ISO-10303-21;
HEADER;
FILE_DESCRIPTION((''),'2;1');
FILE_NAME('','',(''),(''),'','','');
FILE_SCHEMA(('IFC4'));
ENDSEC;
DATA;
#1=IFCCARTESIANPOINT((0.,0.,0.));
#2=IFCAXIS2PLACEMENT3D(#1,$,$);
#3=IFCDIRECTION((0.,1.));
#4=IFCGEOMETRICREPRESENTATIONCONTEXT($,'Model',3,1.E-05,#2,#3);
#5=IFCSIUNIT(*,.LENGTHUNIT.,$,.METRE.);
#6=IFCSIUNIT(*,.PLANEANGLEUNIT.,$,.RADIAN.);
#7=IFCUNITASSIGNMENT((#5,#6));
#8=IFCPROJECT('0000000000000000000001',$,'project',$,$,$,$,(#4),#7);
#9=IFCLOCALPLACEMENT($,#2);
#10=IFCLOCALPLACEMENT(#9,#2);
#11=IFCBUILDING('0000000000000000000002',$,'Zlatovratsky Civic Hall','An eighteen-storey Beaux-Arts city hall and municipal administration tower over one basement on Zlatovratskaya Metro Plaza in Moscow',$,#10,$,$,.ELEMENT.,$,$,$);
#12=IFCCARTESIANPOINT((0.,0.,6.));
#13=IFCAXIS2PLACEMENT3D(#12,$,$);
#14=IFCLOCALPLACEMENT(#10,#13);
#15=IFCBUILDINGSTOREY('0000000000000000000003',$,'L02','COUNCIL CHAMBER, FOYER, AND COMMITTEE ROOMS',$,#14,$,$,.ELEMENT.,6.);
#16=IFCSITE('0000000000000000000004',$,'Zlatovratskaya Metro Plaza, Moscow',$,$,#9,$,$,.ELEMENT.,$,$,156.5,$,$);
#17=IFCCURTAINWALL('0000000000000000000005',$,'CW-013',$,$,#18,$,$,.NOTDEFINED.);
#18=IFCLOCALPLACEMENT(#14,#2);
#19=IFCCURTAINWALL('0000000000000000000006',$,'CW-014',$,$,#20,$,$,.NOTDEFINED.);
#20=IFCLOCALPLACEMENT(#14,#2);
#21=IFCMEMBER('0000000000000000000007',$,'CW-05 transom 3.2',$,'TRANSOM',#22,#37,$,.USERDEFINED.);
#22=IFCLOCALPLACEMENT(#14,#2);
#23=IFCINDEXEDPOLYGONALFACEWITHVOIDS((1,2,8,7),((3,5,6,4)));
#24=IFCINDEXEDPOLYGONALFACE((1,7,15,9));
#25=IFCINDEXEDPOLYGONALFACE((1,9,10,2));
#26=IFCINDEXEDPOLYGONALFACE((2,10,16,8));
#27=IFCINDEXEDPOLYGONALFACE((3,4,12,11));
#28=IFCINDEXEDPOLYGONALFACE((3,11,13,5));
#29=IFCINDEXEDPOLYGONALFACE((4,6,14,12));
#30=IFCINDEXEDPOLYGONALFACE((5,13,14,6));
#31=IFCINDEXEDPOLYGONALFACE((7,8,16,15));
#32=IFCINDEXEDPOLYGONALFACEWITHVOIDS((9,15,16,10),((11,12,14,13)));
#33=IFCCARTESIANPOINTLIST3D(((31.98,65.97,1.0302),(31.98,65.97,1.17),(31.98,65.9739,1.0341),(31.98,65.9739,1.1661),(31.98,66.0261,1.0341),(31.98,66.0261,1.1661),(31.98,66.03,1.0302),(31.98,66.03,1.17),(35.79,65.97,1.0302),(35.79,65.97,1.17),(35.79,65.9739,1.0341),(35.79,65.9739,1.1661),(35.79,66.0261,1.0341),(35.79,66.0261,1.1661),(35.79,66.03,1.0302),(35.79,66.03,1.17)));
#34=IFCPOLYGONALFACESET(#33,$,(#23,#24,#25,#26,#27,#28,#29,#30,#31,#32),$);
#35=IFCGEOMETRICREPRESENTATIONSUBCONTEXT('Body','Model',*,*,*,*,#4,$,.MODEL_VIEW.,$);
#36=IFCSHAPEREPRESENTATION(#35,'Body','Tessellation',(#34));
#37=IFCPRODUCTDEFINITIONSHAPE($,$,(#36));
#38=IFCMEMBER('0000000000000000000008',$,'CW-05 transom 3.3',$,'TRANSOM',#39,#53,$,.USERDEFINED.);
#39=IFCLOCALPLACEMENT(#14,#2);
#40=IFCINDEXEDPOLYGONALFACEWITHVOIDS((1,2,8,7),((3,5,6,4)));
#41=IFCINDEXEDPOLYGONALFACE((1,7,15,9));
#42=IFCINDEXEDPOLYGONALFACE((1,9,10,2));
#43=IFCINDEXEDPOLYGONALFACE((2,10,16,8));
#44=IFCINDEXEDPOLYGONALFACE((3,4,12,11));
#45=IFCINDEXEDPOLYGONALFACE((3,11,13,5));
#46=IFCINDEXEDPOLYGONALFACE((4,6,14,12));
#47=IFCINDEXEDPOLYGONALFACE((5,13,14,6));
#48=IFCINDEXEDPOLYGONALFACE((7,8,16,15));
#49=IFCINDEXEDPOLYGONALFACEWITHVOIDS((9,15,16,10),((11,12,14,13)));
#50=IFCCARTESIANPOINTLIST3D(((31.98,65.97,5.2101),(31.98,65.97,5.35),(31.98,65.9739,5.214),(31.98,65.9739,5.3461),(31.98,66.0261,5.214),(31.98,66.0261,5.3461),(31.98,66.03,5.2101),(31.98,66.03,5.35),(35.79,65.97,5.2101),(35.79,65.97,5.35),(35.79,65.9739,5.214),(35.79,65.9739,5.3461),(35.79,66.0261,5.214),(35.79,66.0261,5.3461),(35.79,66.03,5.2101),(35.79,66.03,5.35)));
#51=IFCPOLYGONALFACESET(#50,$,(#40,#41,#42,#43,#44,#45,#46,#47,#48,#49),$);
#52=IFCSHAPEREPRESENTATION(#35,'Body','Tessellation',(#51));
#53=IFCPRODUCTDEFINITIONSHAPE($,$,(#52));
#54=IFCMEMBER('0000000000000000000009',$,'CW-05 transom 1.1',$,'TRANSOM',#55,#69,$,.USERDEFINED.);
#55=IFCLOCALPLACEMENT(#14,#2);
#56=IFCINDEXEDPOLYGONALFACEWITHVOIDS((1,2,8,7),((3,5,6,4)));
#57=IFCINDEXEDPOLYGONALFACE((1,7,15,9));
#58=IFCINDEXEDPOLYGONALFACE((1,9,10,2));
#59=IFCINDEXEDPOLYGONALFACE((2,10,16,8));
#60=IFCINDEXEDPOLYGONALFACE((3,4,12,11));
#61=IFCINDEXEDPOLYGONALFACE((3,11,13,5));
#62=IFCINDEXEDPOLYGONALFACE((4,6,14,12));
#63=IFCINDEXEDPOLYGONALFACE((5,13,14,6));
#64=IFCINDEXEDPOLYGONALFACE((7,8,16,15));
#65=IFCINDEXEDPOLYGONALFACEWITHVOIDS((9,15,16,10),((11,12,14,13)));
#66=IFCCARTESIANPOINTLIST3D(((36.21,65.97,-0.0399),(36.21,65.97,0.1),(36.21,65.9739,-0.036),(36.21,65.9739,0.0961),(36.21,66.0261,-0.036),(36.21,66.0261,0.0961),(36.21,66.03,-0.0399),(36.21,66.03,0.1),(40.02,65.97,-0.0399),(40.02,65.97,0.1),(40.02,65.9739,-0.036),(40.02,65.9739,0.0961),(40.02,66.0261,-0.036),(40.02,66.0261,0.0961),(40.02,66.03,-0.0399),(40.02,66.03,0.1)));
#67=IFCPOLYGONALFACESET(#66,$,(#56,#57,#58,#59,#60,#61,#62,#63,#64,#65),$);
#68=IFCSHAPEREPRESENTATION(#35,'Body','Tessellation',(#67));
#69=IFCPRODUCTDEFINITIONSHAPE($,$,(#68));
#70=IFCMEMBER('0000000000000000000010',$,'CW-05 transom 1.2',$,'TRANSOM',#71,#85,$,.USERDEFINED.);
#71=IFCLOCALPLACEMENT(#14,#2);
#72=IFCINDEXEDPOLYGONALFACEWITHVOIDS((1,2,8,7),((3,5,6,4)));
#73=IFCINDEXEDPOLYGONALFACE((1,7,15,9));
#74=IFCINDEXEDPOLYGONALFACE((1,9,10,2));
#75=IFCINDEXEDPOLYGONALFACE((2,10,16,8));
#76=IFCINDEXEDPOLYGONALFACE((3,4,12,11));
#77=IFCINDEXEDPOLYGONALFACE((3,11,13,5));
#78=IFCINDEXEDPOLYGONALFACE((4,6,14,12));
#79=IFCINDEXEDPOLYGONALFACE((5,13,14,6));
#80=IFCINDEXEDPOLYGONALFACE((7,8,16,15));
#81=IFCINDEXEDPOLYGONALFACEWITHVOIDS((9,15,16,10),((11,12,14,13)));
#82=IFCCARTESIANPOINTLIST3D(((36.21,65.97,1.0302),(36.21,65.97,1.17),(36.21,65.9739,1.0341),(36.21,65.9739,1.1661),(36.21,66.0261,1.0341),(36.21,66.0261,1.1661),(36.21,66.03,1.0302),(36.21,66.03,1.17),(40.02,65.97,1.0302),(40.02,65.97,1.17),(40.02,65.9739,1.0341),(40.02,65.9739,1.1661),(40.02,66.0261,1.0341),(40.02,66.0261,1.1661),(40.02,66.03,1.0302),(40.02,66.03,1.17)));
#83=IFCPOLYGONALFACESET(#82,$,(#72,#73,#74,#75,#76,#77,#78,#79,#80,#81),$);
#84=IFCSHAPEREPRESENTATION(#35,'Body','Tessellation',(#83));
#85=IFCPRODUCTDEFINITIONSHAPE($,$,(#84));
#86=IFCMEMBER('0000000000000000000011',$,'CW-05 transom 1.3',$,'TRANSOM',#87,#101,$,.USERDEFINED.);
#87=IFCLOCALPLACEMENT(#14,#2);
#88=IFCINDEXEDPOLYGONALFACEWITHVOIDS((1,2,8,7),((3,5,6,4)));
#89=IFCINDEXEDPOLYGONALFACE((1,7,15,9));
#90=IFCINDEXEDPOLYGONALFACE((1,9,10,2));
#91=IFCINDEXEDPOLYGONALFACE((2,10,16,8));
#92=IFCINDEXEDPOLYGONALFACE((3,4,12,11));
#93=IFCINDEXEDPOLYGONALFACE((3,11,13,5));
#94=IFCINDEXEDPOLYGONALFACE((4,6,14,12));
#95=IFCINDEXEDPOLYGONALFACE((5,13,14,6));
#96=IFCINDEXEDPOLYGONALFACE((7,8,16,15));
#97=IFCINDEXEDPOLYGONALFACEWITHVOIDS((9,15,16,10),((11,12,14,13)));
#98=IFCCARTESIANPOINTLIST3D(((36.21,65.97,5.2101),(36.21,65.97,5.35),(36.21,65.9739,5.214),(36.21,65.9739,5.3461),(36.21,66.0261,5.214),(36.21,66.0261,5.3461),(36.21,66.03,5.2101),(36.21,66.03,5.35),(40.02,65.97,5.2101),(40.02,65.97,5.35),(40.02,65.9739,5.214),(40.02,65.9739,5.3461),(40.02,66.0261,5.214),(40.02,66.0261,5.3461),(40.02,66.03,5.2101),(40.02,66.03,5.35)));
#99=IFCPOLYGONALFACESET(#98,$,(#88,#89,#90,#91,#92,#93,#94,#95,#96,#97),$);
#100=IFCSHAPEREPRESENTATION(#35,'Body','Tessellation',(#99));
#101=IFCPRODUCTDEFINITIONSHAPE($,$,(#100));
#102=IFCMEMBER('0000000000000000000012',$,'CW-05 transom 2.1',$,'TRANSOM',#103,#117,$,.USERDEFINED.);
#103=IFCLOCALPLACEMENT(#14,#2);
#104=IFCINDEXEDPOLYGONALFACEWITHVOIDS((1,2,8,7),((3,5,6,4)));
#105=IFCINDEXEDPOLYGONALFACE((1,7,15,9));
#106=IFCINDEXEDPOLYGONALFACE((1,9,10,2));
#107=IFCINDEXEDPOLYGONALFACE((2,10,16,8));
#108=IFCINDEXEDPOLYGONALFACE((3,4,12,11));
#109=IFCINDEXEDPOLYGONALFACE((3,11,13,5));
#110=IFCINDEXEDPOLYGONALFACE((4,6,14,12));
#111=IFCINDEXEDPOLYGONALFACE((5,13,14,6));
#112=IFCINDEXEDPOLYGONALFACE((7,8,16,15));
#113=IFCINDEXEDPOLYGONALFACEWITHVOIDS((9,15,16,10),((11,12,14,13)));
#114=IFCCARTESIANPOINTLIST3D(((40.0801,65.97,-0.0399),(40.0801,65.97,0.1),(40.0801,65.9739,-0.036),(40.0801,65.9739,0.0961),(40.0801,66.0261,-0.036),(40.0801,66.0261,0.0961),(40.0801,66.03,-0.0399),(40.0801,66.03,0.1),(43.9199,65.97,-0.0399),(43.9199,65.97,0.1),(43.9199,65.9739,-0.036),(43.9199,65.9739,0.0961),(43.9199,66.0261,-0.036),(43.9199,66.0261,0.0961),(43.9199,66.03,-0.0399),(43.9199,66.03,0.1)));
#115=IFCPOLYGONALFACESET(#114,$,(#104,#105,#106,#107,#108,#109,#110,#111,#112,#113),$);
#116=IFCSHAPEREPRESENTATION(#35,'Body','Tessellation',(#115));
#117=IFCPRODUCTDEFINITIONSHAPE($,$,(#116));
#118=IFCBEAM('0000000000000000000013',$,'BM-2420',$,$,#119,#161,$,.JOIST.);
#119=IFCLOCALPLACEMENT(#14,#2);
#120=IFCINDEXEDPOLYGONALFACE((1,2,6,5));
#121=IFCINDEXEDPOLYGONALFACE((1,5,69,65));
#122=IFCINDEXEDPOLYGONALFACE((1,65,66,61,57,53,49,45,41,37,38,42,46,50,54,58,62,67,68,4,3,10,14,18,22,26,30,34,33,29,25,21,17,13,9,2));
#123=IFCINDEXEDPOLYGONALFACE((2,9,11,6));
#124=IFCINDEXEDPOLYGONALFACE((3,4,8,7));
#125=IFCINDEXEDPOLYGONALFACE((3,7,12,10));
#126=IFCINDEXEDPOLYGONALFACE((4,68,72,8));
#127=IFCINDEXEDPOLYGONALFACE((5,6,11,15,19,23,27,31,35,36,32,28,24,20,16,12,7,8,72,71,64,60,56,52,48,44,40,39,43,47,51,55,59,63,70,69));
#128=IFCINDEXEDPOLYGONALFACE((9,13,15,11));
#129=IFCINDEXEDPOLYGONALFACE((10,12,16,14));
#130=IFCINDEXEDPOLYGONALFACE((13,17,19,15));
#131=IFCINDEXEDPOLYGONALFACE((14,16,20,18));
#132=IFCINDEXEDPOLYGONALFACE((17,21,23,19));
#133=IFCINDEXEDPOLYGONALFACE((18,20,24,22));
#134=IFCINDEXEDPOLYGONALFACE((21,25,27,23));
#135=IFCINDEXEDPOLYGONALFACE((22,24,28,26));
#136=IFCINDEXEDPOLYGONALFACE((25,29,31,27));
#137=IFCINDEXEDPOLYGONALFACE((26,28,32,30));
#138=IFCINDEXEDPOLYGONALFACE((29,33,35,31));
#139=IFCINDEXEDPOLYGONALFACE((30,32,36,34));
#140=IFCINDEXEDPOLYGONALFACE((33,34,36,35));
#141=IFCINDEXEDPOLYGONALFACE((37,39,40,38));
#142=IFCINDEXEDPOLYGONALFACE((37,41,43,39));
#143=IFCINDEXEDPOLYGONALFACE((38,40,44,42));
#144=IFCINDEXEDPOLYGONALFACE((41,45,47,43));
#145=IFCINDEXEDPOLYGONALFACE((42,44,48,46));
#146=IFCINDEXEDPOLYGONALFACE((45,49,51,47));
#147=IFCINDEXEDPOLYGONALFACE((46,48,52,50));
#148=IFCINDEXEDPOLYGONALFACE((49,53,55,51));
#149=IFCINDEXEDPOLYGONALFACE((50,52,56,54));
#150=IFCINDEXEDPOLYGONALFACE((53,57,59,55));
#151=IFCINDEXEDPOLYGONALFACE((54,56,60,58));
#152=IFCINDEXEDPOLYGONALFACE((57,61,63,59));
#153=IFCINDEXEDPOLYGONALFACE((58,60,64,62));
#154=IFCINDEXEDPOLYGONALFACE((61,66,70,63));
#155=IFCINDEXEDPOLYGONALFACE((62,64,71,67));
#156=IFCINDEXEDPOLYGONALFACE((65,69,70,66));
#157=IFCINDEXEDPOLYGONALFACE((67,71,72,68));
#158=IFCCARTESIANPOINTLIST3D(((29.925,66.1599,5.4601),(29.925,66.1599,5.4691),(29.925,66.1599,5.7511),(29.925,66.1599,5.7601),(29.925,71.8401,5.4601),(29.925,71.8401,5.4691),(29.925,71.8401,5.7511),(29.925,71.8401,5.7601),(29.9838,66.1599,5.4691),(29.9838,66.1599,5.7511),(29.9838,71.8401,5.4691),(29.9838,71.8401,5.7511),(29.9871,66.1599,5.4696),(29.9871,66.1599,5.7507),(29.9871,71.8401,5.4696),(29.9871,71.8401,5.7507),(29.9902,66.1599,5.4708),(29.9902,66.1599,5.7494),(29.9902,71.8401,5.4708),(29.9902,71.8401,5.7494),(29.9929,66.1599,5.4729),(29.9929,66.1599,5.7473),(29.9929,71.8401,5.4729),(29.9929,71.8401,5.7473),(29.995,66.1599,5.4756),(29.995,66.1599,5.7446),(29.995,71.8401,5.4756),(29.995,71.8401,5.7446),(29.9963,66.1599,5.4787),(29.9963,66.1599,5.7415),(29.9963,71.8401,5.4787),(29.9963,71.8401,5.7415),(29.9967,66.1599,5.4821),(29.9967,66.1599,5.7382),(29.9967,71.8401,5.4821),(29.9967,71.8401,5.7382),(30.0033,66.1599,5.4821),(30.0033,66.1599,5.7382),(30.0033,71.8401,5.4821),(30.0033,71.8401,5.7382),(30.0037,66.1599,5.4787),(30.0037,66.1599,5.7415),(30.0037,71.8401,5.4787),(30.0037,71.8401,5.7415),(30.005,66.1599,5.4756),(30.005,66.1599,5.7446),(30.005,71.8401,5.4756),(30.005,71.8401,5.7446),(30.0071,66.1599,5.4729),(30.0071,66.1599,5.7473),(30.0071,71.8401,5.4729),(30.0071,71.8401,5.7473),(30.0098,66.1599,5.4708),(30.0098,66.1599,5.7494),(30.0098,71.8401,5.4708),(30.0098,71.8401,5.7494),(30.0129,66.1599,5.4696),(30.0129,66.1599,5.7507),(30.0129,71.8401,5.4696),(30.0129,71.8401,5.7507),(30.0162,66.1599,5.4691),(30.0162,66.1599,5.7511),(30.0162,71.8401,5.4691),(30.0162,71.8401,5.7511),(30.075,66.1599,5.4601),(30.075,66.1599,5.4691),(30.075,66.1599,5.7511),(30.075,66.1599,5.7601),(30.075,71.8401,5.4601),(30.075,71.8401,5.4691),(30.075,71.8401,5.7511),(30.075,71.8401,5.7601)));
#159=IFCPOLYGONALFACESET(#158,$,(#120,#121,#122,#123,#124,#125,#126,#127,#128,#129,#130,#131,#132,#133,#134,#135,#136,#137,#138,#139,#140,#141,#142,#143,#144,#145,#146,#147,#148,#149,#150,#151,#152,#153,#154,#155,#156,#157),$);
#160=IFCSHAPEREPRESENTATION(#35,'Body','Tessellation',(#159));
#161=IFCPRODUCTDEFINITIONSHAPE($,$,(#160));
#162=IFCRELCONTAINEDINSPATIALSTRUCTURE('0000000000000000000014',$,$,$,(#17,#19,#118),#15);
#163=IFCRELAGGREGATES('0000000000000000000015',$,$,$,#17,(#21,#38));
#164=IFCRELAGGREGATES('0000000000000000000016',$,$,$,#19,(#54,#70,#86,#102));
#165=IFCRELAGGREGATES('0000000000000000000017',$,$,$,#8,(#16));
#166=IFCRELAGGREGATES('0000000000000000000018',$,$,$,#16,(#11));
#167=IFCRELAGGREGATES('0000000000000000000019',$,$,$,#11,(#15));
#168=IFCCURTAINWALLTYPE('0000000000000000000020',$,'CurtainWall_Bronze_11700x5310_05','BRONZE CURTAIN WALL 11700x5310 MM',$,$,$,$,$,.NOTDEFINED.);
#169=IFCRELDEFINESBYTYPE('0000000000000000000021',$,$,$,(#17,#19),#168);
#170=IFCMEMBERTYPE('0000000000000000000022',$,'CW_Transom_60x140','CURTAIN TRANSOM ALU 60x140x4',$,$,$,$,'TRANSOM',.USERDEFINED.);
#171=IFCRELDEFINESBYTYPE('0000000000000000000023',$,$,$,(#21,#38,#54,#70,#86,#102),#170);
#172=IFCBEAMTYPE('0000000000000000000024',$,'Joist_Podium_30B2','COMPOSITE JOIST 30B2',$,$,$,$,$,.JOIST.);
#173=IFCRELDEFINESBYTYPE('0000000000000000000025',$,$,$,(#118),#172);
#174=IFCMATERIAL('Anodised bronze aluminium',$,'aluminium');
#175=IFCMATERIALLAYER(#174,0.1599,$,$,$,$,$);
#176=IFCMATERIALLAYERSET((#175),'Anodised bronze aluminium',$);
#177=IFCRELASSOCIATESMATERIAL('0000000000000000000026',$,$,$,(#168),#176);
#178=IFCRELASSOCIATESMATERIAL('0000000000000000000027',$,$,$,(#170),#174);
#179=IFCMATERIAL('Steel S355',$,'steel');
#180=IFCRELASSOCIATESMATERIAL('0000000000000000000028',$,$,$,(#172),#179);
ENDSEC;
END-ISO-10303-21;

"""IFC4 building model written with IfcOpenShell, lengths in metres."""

from ifc_helpers import new_model, si_unit, direction, frame, origin, origin_2d, place, context, subcontext, project, spatial, hollow_rectangle, i_section, extrude, material, layer, layer_set, material_profile, profile_set, type_object, element, aggregate, save


model = new_model("IFC4")

# Units and contexts
model_context = context("Model", 3, precision=1e-05, world=origin(), true_north=direction((0.0, 1.0)))
body_context = subcontext(model_context, "Body", "Model", "MODEL_VIEW")
ifc_project = project(units=[si_unit("LENGTHUNIT", "METRE"), si_unit("PLANEANGLEUNIT", "RADIAN")], contexts=[model_context])

# Site, building, storey
site_placement = place(None, origin())
site = spatial("IfcSite", under=ifc_project, at=site_placement, Name="Zlatovratskaya Metro Plaza, Moscow", CompositionType="ELEMENT", RefElevation=156.5)
building_placement = place(site_placement, origin())
building = spatial("IfcBuilding", under=site, at=building_placement, Name="Zlatovratsky Civic Hall", Description="An eighteen-storey Beaux-Arts city hall and municipal administration tower over one basement on Zlatovratskaya Metro Plaza in Moscow", CompositionType="ELEMENT")
storey_placement = place(building_placement, frame((0.0, 0.0, 6.0)))
storey = spatial("IfcBuildingStorey", under=building, at=storey_placement, Name="L02", Description="COUNCIL CHAMBER, FOYER, AND COMMITTEE ROOMS", CompositionType="ELEMENT", Elevation=6.0)

# Shared definitions
ifc_material_1 = material(Name="Steel S355", Category="steel")

# Curtain walls
ifc_material_2 = material(Name="Anodised bronze aluminium", Category="aluminium")
ifc_layer_1 = layer(ifc_material_2, 0.1599)
ifc_layer_set_1 = layer_set([ifc_layer_1], Name="Anodised bronze aluminium")
curtain_wall_type = type_object("IfcCurtainWallType", Name="CurtainWall_Bronze_11700x5310_05", Description="BRONZE CURTAIN WALL 11700x5310 MM", PredefinedType="NOTDEFINED", material=ifc_layer_set_1)
curtain_wall_1_placement = place(storey_placement, origin())
curtain_wall_1 = element("IfcCurtainWall", 1, at=curtain_wall_1_placement, inside=storey, type_object=curtain_wall_type, Name="CW-013", PredefinedType="NOTDEFINED")
curtain_wall_2_placement = place(storey_placement, origin())
curtain_wall_2 = element("IfcCurtainWall", 2, at=curtain_wall_2_placement, inside=storey, type_object=curtain_wall_type, Name="CW-014", PredefinedType="NOTDEFINED")

# Members
ifc_material_profile_1 = material_profile(ifc_material_2, hollow_rectangle(XDim=0.0601, YDim=0.1399, WallThickness=0.0039, at=origin_2d()), Name="ALU 60x140x4")
ifc_profile_set_1 = profile_set([ifc_material_profile_1], Name="Anodised bronze aluminium")
member_type_1 = type_object("IfcMemberType", Name="CW_Transom_60x140", Description="CURTAIN TRANSOM ALU 60x140x4", ElementType="TRANSOM", PredefinedType="USERDEFINED", material=ifc_profile_set_1)
member_1_placement = place(storey_placement, frame((31.98, 66.0, 1.1001), z_axis=(1.0, 0.0, 0.0), x_axis=(0.0, 1.0, 0.0)))
member_1 = element("IfcMember", 3, at=member_1_placement, type_object=member_type_1, Name="CW-05 transom 3.2", ObjectType="TRANSOM", PredefinedType="USERDEFINED", context=body_context, shape_type="SweptSolid", body=[
    extrude(hollow_rectangle(XDim=0.0601, YDim=0.1399, WallThickness=0.0039, at=origin_2d()), origin(), (0.0, 0.0, 1.0), 3.8101),
])
member_2_placement = place(storey_placement, frame((31.98, 66.0, 5.28), z_axis=(1.0, 0.0, 0.0), x_axis=(0.0, 1.0, 0.0)))
member_2 = element("IfcMember", 4, at=member_2_placement, type_object=member_type_1, Name="CW-05 transom 3.3", ObjectType="TRANSOM", PredefinedType="USERDEFINED", context=body_context, shape_type="SweptSolid", body=[
    extrude(hollow_rectangle(XDim=0.0601, YDim=0.1399, WallThickness=0.0039, at=origin_2d()), origin(), (0.0, 0.0, 1.0), 3.8101),
])
member_3_placement = place(storey_placement, frame((36.21, 66.0, 0.03), z_axis=(1.0, 0.0, 0.0), x_axis=(0.0, 1.0, 0.0)))
member_3 = element("IfcMember", 5, at=member_3_placement, type_object=member_type_1, Name="CW-05 transom 1.1", ObjectType="TRANSOM", PredefinedType="USERDEFINED", context=body_context, shape_type="SweptSolid", body=[
    extrude(hollow_rectangle(XDim=0.0601, YDim=0.1399, WallThickness=0.0039, at=origin_2d()), origin(), (0.0, 0.0, 1.0), 3.8101),
])
member_4_placement = place(storey_placement, frame((36.21, 66.0, 1.1001), z_axis=(1.0, 0.0, 0.0), x_axis=(0.0, 1.0, 0.0)))
member_4 = element("IfcMember", 6, at=member_4_placement, type_object=member_type_1, Name="CW-05 transom 1.2", ObjectType="TRANSOM", PredefinedType="USERDEFINED", context=body_context, shape_type="SweptSolid", body=[
    extrude(hollow_rectangle(XDim=0.0601, YDim=0.1399, WallThickness=0.0039, at=origin_2d()), origin(), (0.0, 0.0, 1.0), 3.8101),
])
member_5_placement = place(storey_placement, frame((36.21, 66.0, 5.28), z_axis=(1.0, 0.0, 0.0), x_axis=(0.0, 1.0, 0.0)))
member_5 = element("IfcMember", 7, at=member_5_placement, type_object=member_type_1, Name="CW-05 transom 1.3", ObjectType="TRANSOM", PredefinedType="USERDEFINED", context=body_context, shape_type="SweptSolid", body=[
    extrude(hollow_rectangle(XDim=0.0601, YDim=0.1399, WallThickness=0.0039, at=origin_2d()), origin(), (0.0, 0.0, 1.0), 3.8101),
])
member_6_placement = place(storey_placement, frame((40.0801, 66.0, 0.03), z_axis=(1.0, 0.0, 0.0), x_axis=(0.0, 1.0, 0.0)))
member_6 = element("IfcMember", 8, at=member_6_placement, type_object=member_type_1, Name="CW-05 transom 2.1", ObjectType="TRANSOM", PredefinedType="USERDEFINED", context=body_context, shape_type="SweptSolid", body=[
    extrude(hollow_rectangle(XDim=0.0601, YDim=0.1399, WallThickness=0.0039, at=origin_2d()), origin(), (0.0, 0.0, 1.0), 3.8398),
])

# Beam
ifc_material_profile_2 = material_profile(ifc_material_1, i_section(OverallWidth=0.1499, OverallDepth=0.3, WebThickness=0.0066, FlangeThickness=0.009, FilletRadius=0.0129, at=origin_2d()), Name="30B2")
ifc_profile_set_2 = profile_set([ifc_material_profile_2], Name="Steel S355")
beam_type_1 = type_object("IfcBeamType", Name="Joist_Podium_30B2", Description="COMPOSITE JOIST 30B2", PredefinedType="JOIST", material=ifc_profile_set_2)
for number, where, z_axis, x_axis, name in (
    (9, (30.0, 66.1599, 5.6101), (0.0, 1.0, 0.0), (-1.0, 0.0, 0.0), "BM-2420"),
):
    element("IfcBeam", number, at=place(storey_placement, frame(where, z_axis=z_axis, x_axis=x_axis)), inside=storey, type_object=beam_type_1, Name=name, PredefinedType="JOIST", context=body_context, shape_type="SweptSolid", body=[
        extrude(i_section(OverallWidth=0.1499, OverallDepth=0.3, WebThickness=0.0066, FlangeThickness=0.009, FilletRadius=0.0129, at=origin_2d()), origin(), (0.0, 0.0, 1.0), 5.6802),
    ])

aggregate(curtain_wall_1, [member_1, member_2])
aggregate(curtain_wall_2, [member_3, member_4, member_5, member_6])

save(model, "model.ifc")
